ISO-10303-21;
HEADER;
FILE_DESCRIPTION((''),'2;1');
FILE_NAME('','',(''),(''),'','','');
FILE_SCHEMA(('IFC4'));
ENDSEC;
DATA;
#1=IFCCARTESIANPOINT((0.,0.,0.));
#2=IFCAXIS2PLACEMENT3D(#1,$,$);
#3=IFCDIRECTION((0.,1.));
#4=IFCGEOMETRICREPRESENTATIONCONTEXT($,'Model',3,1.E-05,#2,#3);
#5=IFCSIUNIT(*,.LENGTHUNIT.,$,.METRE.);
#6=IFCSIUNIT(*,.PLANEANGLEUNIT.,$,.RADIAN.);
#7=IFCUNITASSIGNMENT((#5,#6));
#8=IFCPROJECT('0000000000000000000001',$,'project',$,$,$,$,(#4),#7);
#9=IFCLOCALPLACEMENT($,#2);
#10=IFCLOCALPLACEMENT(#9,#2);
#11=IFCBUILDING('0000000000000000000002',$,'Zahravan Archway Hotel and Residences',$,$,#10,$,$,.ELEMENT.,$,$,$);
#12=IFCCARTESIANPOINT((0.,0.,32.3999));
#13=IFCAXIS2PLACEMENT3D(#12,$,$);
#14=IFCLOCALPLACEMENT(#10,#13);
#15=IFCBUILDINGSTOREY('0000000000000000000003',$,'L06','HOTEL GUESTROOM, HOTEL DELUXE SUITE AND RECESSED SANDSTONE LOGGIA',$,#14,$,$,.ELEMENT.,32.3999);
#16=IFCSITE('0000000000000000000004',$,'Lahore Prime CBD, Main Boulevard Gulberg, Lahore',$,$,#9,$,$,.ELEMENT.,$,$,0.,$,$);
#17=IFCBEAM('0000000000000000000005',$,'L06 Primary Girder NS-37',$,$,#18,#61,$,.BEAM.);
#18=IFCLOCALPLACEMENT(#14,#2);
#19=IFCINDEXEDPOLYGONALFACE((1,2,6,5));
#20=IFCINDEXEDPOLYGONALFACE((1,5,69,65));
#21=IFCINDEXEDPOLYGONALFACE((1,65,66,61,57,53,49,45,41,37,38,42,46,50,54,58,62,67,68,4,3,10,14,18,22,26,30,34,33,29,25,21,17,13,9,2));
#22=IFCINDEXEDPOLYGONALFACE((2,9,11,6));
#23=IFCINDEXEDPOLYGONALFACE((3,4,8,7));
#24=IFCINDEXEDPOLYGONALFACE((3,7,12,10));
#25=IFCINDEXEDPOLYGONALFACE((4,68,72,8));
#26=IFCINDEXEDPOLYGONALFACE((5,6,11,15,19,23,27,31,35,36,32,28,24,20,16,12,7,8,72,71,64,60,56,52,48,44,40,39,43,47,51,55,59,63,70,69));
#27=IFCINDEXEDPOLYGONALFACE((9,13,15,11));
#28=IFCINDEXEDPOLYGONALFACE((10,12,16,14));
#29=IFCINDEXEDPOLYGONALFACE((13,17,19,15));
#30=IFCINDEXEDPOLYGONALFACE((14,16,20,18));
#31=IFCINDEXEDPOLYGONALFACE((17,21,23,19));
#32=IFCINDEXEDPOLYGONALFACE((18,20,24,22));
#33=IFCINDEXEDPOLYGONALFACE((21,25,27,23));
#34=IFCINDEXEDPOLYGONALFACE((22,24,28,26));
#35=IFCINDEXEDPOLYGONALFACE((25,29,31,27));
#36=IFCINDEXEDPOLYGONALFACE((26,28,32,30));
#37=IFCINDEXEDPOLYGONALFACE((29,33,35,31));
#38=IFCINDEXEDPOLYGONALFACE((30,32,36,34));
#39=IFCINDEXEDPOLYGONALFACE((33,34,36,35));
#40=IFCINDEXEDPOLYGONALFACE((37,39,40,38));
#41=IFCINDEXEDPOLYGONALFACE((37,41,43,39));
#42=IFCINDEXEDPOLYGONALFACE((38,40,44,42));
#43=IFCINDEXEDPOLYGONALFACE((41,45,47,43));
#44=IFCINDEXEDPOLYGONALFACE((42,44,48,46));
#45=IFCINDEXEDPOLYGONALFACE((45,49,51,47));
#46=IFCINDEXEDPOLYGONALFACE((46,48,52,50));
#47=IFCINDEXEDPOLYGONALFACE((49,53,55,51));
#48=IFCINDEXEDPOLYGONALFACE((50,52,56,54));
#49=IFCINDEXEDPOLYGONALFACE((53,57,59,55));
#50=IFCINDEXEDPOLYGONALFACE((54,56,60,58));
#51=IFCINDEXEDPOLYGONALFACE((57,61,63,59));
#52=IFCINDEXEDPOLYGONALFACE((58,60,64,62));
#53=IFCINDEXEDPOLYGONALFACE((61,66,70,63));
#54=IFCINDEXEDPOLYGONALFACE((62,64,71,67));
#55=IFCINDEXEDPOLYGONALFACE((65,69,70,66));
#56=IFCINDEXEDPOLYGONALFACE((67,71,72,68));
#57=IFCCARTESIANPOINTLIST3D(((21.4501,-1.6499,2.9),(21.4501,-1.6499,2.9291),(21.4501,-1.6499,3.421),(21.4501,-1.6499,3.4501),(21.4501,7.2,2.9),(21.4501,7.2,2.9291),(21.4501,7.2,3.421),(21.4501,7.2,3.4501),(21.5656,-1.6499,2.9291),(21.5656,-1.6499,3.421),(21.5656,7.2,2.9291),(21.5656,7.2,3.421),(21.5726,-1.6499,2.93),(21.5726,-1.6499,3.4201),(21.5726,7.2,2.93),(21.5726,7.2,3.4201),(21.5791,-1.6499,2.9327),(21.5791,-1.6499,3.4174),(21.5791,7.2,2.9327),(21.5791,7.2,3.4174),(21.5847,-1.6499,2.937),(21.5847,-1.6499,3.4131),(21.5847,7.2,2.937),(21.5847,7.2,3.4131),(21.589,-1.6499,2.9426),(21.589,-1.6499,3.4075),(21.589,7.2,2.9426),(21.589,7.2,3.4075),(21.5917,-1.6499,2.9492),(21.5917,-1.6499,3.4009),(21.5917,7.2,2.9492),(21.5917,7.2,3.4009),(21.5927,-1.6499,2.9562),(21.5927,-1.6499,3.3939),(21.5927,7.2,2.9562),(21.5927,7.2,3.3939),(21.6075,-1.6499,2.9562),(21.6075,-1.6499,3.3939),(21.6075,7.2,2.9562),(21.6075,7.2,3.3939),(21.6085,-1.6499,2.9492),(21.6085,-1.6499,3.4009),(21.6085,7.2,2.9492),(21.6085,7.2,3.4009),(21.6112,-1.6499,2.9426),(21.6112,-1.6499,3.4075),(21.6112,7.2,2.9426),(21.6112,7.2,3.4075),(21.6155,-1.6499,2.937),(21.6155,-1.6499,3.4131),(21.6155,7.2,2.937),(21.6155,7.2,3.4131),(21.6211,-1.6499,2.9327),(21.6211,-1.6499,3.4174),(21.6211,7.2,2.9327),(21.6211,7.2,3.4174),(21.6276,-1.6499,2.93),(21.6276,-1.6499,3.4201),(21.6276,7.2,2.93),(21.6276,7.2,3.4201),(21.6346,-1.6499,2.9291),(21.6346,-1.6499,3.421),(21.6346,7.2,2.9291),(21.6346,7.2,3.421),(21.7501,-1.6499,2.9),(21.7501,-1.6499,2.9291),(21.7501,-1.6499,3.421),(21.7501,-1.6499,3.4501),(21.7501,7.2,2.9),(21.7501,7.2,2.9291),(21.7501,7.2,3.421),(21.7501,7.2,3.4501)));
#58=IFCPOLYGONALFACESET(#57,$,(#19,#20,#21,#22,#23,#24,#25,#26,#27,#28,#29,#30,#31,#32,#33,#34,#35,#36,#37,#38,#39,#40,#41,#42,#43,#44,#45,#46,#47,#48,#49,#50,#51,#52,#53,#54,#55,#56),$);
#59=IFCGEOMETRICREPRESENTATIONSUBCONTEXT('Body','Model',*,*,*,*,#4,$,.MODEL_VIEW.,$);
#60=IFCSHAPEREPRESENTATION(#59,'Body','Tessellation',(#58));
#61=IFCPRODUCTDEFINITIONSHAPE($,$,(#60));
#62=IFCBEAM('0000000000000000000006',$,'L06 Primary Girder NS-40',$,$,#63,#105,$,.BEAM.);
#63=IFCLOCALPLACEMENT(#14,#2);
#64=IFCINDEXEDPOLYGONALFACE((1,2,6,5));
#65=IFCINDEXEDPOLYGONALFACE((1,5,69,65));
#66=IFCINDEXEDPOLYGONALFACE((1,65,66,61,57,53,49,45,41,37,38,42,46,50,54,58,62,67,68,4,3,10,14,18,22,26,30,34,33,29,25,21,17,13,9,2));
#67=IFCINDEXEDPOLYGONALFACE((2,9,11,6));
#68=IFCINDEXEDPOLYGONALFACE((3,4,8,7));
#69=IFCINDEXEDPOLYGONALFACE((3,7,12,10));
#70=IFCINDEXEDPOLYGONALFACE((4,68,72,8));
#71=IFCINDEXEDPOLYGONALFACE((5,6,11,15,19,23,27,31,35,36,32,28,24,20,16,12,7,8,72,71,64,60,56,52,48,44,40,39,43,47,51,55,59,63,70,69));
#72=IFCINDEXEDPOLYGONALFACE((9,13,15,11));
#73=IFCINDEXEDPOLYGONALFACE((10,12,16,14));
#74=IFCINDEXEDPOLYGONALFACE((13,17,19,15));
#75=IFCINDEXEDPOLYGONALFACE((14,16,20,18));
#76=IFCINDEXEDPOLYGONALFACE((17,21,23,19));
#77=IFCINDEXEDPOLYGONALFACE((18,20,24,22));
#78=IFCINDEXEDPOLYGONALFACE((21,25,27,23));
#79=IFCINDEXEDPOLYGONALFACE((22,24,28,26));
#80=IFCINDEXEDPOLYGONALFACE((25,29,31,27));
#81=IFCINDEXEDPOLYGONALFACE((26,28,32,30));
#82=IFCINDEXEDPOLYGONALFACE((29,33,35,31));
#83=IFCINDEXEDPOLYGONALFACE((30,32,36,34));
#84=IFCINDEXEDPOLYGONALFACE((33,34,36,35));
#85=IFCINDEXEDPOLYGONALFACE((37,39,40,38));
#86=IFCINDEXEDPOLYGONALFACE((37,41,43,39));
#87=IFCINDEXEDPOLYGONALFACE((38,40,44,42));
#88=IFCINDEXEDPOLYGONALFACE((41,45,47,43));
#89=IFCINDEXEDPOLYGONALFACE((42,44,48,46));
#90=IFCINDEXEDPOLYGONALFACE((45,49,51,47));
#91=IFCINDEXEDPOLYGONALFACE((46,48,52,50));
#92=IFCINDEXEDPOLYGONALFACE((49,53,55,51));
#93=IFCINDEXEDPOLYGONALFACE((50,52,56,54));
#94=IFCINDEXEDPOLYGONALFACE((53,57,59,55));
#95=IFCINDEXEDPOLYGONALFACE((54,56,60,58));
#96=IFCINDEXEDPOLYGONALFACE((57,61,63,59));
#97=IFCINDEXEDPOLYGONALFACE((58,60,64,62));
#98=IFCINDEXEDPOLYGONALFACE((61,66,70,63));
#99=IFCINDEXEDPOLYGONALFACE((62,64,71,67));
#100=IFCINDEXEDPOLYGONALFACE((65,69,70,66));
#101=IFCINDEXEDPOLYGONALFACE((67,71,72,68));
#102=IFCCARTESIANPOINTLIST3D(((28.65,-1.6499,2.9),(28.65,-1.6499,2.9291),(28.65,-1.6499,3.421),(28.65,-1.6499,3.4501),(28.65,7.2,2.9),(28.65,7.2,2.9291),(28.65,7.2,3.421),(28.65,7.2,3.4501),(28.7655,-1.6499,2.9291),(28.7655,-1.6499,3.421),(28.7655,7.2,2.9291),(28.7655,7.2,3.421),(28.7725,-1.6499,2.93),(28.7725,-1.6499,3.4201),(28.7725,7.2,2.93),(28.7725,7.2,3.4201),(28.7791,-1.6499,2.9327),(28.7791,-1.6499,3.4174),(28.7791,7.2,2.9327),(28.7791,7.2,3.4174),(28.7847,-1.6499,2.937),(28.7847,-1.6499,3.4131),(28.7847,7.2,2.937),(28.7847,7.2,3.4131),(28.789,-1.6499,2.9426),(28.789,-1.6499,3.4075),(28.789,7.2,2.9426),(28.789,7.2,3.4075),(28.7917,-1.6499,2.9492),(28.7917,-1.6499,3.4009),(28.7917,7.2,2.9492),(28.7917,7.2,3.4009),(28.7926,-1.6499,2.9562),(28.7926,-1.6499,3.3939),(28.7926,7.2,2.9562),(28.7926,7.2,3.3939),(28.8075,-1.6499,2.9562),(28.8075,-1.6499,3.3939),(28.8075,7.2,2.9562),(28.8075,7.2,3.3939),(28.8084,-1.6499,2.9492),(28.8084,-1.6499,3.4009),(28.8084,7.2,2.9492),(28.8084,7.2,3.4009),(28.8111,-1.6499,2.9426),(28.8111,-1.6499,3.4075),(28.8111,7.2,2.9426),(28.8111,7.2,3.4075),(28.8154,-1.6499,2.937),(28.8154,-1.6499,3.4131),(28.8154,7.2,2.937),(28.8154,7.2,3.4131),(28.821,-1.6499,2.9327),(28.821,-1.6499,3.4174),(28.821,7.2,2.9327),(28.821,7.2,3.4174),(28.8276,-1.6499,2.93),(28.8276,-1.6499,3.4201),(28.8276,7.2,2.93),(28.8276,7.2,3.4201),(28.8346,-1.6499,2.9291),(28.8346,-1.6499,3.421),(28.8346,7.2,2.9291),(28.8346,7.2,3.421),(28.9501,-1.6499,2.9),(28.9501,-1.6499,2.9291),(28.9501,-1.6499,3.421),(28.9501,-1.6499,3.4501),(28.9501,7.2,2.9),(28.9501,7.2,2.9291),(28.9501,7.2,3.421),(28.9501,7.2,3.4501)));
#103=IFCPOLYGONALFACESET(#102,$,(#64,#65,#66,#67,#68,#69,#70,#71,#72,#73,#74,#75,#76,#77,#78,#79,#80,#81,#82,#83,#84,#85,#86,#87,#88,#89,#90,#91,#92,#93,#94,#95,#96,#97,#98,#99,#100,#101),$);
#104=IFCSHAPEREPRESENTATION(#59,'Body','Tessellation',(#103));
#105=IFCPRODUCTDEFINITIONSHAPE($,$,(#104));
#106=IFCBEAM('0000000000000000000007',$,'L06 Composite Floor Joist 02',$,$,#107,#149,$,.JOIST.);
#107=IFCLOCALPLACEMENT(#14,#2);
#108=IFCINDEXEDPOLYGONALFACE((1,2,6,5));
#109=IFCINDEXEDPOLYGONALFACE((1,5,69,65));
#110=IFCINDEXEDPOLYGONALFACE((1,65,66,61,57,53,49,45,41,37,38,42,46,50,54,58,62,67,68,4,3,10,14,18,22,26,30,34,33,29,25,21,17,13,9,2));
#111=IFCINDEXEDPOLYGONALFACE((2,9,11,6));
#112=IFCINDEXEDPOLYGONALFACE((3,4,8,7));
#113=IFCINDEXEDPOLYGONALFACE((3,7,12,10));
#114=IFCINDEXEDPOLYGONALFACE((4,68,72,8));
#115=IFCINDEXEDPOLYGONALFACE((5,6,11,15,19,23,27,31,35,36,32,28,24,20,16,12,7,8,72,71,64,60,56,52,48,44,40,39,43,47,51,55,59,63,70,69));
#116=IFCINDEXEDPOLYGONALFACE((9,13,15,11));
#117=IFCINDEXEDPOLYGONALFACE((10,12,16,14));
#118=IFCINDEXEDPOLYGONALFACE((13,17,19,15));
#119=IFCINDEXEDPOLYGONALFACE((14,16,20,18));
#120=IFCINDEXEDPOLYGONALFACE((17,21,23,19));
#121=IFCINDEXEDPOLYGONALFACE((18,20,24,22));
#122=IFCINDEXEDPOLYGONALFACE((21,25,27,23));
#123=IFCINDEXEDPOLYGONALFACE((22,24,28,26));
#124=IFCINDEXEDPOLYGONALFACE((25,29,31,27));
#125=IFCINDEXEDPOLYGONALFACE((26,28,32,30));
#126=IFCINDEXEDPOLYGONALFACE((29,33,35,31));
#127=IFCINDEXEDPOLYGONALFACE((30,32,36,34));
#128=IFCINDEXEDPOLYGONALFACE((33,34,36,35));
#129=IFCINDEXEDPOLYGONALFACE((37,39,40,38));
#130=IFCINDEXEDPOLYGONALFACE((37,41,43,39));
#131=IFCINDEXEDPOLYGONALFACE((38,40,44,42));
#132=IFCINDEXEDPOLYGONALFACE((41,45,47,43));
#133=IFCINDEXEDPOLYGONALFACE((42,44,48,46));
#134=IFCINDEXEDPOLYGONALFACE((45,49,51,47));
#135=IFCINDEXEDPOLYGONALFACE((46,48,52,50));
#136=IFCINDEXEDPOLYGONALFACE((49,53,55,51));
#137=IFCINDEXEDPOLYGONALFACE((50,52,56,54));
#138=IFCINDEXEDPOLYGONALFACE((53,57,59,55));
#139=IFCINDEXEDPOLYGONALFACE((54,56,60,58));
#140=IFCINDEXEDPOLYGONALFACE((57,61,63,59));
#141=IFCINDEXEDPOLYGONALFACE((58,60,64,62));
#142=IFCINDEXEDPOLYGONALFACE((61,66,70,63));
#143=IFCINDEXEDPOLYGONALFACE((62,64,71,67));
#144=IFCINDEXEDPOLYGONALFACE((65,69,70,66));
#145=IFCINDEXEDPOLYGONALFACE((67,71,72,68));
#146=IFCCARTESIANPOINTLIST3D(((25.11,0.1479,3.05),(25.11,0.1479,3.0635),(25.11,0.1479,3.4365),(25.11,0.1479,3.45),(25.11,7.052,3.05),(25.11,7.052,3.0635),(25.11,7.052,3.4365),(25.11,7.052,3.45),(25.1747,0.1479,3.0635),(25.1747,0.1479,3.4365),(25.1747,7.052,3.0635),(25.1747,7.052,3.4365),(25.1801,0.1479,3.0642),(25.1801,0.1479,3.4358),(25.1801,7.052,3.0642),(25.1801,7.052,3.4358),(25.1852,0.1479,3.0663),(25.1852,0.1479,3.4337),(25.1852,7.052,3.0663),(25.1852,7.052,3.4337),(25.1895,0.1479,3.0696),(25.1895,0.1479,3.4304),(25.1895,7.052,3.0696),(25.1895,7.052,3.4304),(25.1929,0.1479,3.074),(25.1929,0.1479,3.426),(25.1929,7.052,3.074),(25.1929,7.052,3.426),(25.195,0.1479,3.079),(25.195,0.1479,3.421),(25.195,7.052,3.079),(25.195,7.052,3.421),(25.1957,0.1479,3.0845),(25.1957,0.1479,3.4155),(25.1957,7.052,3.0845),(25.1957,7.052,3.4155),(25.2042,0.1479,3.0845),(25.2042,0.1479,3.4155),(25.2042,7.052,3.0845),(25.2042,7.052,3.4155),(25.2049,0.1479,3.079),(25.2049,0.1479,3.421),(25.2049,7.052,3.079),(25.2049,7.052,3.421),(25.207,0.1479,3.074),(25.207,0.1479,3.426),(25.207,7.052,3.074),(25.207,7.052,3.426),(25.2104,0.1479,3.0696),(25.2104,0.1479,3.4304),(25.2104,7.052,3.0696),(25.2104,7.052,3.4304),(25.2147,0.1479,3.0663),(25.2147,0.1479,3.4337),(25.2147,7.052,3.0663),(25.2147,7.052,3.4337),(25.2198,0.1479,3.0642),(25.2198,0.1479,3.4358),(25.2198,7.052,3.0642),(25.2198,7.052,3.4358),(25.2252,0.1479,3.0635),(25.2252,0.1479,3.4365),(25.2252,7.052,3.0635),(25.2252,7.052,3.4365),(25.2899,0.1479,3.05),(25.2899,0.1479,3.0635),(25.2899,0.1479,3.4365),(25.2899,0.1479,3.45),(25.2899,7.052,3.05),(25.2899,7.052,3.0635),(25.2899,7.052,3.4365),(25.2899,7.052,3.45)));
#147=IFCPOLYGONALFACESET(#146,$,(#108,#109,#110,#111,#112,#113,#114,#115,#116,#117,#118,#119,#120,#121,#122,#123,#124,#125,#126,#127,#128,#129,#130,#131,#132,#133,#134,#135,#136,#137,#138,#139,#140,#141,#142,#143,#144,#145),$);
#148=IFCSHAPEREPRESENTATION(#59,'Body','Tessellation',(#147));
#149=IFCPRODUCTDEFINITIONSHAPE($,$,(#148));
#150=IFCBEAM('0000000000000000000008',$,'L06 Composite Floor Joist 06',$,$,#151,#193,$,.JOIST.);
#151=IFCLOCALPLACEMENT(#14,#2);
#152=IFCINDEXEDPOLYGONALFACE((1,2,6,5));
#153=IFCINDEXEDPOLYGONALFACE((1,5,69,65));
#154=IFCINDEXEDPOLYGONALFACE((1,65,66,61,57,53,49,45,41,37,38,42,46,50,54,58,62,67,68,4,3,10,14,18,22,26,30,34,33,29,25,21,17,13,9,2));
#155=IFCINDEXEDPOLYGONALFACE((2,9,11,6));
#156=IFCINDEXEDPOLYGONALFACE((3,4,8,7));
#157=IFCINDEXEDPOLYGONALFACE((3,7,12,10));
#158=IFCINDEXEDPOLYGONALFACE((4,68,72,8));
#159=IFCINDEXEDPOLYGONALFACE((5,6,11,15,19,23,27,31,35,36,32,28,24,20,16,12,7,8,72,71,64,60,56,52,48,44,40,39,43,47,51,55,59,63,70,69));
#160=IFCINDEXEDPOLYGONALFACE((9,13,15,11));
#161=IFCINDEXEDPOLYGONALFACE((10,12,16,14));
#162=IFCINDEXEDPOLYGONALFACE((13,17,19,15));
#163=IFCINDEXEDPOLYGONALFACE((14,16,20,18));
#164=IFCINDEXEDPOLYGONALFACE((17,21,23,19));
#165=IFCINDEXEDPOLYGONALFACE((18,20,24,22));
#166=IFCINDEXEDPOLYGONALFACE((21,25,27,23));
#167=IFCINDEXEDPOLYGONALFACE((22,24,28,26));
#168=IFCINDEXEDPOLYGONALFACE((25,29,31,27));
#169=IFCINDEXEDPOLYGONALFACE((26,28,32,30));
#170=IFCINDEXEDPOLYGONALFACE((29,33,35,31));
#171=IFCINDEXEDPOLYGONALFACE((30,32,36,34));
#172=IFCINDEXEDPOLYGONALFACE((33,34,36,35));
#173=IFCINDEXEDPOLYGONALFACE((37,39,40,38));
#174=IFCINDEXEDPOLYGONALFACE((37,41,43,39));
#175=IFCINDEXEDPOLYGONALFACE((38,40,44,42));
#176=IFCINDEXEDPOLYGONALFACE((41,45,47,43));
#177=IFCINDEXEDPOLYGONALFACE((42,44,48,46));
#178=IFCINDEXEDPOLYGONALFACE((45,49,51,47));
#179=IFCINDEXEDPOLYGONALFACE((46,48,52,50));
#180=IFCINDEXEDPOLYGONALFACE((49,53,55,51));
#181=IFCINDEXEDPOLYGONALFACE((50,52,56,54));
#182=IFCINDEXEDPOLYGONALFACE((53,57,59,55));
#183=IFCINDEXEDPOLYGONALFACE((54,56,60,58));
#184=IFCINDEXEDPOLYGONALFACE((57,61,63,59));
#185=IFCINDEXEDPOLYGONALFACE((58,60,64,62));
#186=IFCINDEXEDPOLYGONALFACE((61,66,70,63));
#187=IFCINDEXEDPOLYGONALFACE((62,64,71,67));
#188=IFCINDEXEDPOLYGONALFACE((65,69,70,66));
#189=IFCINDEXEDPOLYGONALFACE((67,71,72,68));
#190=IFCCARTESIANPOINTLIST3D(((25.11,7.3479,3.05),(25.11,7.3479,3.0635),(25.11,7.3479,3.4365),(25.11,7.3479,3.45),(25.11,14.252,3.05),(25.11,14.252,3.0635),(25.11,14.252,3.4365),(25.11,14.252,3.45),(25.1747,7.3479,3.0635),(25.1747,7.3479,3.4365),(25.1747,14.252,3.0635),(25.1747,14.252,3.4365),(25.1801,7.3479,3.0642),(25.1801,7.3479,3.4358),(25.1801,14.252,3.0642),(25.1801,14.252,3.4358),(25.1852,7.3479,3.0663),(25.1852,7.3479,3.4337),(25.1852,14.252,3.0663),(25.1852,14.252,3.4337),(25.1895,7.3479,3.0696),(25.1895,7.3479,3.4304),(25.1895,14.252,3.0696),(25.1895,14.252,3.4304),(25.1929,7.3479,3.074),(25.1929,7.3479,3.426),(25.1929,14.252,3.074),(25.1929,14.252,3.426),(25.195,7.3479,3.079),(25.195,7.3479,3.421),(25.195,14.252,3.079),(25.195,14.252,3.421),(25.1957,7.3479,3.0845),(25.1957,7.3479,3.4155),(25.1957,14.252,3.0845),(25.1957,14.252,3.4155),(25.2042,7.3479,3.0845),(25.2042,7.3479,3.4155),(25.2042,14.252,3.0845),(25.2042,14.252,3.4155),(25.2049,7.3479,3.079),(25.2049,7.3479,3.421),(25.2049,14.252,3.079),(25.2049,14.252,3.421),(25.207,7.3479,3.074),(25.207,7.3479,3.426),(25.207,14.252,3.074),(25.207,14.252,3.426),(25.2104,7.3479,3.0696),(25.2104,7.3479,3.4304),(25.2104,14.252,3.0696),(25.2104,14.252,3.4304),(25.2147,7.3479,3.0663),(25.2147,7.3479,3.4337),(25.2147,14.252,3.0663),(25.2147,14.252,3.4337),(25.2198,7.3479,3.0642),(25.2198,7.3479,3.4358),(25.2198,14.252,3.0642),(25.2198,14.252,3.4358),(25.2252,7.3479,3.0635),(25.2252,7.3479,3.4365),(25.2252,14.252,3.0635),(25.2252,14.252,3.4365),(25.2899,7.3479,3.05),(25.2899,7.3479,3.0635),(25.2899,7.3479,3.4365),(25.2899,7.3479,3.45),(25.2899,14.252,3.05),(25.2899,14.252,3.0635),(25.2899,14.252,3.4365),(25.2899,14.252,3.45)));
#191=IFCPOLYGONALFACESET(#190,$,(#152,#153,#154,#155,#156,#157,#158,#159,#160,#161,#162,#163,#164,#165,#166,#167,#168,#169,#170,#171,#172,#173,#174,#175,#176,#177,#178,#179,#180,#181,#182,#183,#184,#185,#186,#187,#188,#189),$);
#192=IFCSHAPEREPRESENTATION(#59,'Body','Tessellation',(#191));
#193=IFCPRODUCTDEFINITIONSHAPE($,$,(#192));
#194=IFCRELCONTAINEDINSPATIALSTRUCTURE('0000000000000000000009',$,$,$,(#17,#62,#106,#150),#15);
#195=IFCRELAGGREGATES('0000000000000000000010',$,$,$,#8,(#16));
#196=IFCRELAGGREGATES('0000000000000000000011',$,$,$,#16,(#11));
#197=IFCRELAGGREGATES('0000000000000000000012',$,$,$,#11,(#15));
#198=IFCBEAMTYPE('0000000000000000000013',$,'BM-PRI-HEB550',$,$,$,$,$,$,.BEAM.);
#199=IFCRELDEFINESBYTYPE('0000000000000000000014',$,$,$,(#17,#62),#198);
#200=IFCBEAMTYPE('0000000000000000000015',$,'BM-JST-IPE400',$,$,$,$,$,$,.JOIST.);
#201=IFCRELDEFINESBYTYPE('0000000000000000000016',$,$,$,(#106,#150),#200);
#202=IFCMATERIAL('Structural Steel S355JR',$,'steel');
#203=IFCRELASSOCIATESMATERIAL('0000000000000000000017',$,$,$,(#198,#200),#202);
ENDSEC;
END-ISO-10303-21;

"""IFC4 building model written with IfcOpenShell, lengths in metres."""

from ifc_helpers import new_model, si_unit, direction, frame, origin, origin_2d, place, context, subcontext, project, spatial, i_section, extrude, source, transform, mapped, material, material_profile, profile_set, type_object, type_shapes, element, save


model = new_model("IFC4")

# Units and contexts
model_context = context("Model", 3, precision=1e-05, world=origin(), true_north=direction((0.0, 1.0)))
body_context = subcontext(model_context, "Body", "Model", "MODEL_VIEW")
ifc_project = project(units=[si_unit("LENGTHUNIT", "METRE"), si_unit("PLANEANGLEUNIT", "RADIAN")], contexts=[model_context])

# Site, building, storey
site_placement = place(None, origin())
site = spatial("IfcSite", under=ifc_project, at=site_placement, Name="Lahore Prime CBD, Main Boulevard Gulberg, Lahore", CompositionType="ELEMENT", RefElevation=0.0)
building_placement = place(site_placement, origin())
building = spatial("IfcBuilding", under=site, at=building_placement, Name="Zahravan Archway Hotel and Residences", CompositionType="ELEMENT")
storey_placement = place(building_placement, frame((0.0, 0.0, 32.3999)))
storey = spatial("IfcBuildingStorey", under=building, at=storey_placement, Name="L06", Description="HOTEL GUESTROOM, HOTEL DELUXE SUITE AND RECESSED SANDSTONE LOGGIA", CompositionType="ELEMENT", Elevation=32.3999)

# Beams
ifc_material_1 = material(Name="Structural Steel S355JR", Category="steel")
ifc_material_profile_1 = material_profile(ifc_material_1, i_section(OverallWidth=0.3, OverallDepth=0.55, WebThickness=0.0149, FlangeThickness=0.0291, FilletRadius=0.0271, at=origin_2d()), Name="HEB 550", Category="steel")
ifc_profile_set_1 = profile_set([ifc_material_profile_1], Name="Structural Steel S355JR")
beam_type_1 = type_object("IfcBeamType", Name="BM-PRI-HEB550", PredefinedType="BEAM", material=ifc_profile_set_1)
shared_shape_1 = source(origin(), body_context, "Body", "SweptSolid", [
    extrude(i_section(OverallWidth=0.3, OverallDepth=0.55, WebThickness=0.0149, FlangeThickness=0.0291, FilletRadius=0.0271, at=origin_2d()), origin(), (0.0, 0.0, 1.0), 8.8499),
])
for number, where, z_axis, x_axis, name in (
    (1, (21.6001, -1.6499, 3.175), (0.0, 1.0, 0.0), (-1.0, 0.0, 0.0), "L06 Primary Girder NS-37"),
    (2, (28.8, -1.6499, 3.175), (0.0, 1.0, 0.0), (-1.0, 0.0, 0.0), "L06 Primary Girder NS-40"),
):
    element("IfcBeam", number, at=place(storey_placement, frame(where, z_axis=z_axis, x_axis=x_axis)), inside=storey, type_object=beam_type_1, Name=name, PredefinedType="BEAM", context=body_context, shape_type="MappedRepresentation", body=[
        mapped(shared_shape_1, transform((0.0, 0.0, 0.0), scale=1.0)),
    ])
ifc_material_profile_2 = material_profile(ifc_material_1, i_section(OverallWidth=0.1799, OverallDepth=0.3999, WebThickness=0.0085, FlangeThickness=0.0134, FilletRadius=0.021, at=origin_2d()), Name="IPE 400", Category="steel")
ifc_profile_set_2 = profile_set([ifc_material_profile_2], Name="Structural Steel S355JR")
beam_type_2 = type_object("IfcBeamType", Name="BM-JST-IPE400", PredefinedType="JOIST", material=ifc_profile_set_2)
shared_shape_2 = source(origin(), body_context, "Body", "SweptSolid", [
    extrude(i_section(OverallWidth=0.1799, OverallDepth=0.3999, WebThickness=0.0085, FlangeThickness=0.0134, FilletRadius=0.021, at=origin_2d()), origin(), (0.0, 0.0, 1.0), 6.9041),
])
type_shapes(beam_type_2, [shared_shape_2])
for number, where, z_axis, x_axis, name in (
    (3, (25.2, 0.1479, 3.25), (0.0, 1.0, 0.0), (-1.0, 0.0, 0.0), "L06 Composite Floor Joist 02"),
    (4, (25.2, 7.3479, 3.25), (0.0, 1.0, 0.0), (-1.0, 0.0, 0.0), "L06 Composite Floor Joist 06"),
):
    element("IfcBeam", number, at=place(storey_placement, frame(where, z_axis=z_axis, x_axis=x_axis)), inside=storey, type_object=beam_type_2, Name=name, PredefinedType="JOIST", context=body_context, shape_type="MappedRepresentation", body=[
        mapped(shared_shape_2, transform((0.0, 0.0, 0.0), scale=1.0)),
    ])

save(model, "model.ifc")
